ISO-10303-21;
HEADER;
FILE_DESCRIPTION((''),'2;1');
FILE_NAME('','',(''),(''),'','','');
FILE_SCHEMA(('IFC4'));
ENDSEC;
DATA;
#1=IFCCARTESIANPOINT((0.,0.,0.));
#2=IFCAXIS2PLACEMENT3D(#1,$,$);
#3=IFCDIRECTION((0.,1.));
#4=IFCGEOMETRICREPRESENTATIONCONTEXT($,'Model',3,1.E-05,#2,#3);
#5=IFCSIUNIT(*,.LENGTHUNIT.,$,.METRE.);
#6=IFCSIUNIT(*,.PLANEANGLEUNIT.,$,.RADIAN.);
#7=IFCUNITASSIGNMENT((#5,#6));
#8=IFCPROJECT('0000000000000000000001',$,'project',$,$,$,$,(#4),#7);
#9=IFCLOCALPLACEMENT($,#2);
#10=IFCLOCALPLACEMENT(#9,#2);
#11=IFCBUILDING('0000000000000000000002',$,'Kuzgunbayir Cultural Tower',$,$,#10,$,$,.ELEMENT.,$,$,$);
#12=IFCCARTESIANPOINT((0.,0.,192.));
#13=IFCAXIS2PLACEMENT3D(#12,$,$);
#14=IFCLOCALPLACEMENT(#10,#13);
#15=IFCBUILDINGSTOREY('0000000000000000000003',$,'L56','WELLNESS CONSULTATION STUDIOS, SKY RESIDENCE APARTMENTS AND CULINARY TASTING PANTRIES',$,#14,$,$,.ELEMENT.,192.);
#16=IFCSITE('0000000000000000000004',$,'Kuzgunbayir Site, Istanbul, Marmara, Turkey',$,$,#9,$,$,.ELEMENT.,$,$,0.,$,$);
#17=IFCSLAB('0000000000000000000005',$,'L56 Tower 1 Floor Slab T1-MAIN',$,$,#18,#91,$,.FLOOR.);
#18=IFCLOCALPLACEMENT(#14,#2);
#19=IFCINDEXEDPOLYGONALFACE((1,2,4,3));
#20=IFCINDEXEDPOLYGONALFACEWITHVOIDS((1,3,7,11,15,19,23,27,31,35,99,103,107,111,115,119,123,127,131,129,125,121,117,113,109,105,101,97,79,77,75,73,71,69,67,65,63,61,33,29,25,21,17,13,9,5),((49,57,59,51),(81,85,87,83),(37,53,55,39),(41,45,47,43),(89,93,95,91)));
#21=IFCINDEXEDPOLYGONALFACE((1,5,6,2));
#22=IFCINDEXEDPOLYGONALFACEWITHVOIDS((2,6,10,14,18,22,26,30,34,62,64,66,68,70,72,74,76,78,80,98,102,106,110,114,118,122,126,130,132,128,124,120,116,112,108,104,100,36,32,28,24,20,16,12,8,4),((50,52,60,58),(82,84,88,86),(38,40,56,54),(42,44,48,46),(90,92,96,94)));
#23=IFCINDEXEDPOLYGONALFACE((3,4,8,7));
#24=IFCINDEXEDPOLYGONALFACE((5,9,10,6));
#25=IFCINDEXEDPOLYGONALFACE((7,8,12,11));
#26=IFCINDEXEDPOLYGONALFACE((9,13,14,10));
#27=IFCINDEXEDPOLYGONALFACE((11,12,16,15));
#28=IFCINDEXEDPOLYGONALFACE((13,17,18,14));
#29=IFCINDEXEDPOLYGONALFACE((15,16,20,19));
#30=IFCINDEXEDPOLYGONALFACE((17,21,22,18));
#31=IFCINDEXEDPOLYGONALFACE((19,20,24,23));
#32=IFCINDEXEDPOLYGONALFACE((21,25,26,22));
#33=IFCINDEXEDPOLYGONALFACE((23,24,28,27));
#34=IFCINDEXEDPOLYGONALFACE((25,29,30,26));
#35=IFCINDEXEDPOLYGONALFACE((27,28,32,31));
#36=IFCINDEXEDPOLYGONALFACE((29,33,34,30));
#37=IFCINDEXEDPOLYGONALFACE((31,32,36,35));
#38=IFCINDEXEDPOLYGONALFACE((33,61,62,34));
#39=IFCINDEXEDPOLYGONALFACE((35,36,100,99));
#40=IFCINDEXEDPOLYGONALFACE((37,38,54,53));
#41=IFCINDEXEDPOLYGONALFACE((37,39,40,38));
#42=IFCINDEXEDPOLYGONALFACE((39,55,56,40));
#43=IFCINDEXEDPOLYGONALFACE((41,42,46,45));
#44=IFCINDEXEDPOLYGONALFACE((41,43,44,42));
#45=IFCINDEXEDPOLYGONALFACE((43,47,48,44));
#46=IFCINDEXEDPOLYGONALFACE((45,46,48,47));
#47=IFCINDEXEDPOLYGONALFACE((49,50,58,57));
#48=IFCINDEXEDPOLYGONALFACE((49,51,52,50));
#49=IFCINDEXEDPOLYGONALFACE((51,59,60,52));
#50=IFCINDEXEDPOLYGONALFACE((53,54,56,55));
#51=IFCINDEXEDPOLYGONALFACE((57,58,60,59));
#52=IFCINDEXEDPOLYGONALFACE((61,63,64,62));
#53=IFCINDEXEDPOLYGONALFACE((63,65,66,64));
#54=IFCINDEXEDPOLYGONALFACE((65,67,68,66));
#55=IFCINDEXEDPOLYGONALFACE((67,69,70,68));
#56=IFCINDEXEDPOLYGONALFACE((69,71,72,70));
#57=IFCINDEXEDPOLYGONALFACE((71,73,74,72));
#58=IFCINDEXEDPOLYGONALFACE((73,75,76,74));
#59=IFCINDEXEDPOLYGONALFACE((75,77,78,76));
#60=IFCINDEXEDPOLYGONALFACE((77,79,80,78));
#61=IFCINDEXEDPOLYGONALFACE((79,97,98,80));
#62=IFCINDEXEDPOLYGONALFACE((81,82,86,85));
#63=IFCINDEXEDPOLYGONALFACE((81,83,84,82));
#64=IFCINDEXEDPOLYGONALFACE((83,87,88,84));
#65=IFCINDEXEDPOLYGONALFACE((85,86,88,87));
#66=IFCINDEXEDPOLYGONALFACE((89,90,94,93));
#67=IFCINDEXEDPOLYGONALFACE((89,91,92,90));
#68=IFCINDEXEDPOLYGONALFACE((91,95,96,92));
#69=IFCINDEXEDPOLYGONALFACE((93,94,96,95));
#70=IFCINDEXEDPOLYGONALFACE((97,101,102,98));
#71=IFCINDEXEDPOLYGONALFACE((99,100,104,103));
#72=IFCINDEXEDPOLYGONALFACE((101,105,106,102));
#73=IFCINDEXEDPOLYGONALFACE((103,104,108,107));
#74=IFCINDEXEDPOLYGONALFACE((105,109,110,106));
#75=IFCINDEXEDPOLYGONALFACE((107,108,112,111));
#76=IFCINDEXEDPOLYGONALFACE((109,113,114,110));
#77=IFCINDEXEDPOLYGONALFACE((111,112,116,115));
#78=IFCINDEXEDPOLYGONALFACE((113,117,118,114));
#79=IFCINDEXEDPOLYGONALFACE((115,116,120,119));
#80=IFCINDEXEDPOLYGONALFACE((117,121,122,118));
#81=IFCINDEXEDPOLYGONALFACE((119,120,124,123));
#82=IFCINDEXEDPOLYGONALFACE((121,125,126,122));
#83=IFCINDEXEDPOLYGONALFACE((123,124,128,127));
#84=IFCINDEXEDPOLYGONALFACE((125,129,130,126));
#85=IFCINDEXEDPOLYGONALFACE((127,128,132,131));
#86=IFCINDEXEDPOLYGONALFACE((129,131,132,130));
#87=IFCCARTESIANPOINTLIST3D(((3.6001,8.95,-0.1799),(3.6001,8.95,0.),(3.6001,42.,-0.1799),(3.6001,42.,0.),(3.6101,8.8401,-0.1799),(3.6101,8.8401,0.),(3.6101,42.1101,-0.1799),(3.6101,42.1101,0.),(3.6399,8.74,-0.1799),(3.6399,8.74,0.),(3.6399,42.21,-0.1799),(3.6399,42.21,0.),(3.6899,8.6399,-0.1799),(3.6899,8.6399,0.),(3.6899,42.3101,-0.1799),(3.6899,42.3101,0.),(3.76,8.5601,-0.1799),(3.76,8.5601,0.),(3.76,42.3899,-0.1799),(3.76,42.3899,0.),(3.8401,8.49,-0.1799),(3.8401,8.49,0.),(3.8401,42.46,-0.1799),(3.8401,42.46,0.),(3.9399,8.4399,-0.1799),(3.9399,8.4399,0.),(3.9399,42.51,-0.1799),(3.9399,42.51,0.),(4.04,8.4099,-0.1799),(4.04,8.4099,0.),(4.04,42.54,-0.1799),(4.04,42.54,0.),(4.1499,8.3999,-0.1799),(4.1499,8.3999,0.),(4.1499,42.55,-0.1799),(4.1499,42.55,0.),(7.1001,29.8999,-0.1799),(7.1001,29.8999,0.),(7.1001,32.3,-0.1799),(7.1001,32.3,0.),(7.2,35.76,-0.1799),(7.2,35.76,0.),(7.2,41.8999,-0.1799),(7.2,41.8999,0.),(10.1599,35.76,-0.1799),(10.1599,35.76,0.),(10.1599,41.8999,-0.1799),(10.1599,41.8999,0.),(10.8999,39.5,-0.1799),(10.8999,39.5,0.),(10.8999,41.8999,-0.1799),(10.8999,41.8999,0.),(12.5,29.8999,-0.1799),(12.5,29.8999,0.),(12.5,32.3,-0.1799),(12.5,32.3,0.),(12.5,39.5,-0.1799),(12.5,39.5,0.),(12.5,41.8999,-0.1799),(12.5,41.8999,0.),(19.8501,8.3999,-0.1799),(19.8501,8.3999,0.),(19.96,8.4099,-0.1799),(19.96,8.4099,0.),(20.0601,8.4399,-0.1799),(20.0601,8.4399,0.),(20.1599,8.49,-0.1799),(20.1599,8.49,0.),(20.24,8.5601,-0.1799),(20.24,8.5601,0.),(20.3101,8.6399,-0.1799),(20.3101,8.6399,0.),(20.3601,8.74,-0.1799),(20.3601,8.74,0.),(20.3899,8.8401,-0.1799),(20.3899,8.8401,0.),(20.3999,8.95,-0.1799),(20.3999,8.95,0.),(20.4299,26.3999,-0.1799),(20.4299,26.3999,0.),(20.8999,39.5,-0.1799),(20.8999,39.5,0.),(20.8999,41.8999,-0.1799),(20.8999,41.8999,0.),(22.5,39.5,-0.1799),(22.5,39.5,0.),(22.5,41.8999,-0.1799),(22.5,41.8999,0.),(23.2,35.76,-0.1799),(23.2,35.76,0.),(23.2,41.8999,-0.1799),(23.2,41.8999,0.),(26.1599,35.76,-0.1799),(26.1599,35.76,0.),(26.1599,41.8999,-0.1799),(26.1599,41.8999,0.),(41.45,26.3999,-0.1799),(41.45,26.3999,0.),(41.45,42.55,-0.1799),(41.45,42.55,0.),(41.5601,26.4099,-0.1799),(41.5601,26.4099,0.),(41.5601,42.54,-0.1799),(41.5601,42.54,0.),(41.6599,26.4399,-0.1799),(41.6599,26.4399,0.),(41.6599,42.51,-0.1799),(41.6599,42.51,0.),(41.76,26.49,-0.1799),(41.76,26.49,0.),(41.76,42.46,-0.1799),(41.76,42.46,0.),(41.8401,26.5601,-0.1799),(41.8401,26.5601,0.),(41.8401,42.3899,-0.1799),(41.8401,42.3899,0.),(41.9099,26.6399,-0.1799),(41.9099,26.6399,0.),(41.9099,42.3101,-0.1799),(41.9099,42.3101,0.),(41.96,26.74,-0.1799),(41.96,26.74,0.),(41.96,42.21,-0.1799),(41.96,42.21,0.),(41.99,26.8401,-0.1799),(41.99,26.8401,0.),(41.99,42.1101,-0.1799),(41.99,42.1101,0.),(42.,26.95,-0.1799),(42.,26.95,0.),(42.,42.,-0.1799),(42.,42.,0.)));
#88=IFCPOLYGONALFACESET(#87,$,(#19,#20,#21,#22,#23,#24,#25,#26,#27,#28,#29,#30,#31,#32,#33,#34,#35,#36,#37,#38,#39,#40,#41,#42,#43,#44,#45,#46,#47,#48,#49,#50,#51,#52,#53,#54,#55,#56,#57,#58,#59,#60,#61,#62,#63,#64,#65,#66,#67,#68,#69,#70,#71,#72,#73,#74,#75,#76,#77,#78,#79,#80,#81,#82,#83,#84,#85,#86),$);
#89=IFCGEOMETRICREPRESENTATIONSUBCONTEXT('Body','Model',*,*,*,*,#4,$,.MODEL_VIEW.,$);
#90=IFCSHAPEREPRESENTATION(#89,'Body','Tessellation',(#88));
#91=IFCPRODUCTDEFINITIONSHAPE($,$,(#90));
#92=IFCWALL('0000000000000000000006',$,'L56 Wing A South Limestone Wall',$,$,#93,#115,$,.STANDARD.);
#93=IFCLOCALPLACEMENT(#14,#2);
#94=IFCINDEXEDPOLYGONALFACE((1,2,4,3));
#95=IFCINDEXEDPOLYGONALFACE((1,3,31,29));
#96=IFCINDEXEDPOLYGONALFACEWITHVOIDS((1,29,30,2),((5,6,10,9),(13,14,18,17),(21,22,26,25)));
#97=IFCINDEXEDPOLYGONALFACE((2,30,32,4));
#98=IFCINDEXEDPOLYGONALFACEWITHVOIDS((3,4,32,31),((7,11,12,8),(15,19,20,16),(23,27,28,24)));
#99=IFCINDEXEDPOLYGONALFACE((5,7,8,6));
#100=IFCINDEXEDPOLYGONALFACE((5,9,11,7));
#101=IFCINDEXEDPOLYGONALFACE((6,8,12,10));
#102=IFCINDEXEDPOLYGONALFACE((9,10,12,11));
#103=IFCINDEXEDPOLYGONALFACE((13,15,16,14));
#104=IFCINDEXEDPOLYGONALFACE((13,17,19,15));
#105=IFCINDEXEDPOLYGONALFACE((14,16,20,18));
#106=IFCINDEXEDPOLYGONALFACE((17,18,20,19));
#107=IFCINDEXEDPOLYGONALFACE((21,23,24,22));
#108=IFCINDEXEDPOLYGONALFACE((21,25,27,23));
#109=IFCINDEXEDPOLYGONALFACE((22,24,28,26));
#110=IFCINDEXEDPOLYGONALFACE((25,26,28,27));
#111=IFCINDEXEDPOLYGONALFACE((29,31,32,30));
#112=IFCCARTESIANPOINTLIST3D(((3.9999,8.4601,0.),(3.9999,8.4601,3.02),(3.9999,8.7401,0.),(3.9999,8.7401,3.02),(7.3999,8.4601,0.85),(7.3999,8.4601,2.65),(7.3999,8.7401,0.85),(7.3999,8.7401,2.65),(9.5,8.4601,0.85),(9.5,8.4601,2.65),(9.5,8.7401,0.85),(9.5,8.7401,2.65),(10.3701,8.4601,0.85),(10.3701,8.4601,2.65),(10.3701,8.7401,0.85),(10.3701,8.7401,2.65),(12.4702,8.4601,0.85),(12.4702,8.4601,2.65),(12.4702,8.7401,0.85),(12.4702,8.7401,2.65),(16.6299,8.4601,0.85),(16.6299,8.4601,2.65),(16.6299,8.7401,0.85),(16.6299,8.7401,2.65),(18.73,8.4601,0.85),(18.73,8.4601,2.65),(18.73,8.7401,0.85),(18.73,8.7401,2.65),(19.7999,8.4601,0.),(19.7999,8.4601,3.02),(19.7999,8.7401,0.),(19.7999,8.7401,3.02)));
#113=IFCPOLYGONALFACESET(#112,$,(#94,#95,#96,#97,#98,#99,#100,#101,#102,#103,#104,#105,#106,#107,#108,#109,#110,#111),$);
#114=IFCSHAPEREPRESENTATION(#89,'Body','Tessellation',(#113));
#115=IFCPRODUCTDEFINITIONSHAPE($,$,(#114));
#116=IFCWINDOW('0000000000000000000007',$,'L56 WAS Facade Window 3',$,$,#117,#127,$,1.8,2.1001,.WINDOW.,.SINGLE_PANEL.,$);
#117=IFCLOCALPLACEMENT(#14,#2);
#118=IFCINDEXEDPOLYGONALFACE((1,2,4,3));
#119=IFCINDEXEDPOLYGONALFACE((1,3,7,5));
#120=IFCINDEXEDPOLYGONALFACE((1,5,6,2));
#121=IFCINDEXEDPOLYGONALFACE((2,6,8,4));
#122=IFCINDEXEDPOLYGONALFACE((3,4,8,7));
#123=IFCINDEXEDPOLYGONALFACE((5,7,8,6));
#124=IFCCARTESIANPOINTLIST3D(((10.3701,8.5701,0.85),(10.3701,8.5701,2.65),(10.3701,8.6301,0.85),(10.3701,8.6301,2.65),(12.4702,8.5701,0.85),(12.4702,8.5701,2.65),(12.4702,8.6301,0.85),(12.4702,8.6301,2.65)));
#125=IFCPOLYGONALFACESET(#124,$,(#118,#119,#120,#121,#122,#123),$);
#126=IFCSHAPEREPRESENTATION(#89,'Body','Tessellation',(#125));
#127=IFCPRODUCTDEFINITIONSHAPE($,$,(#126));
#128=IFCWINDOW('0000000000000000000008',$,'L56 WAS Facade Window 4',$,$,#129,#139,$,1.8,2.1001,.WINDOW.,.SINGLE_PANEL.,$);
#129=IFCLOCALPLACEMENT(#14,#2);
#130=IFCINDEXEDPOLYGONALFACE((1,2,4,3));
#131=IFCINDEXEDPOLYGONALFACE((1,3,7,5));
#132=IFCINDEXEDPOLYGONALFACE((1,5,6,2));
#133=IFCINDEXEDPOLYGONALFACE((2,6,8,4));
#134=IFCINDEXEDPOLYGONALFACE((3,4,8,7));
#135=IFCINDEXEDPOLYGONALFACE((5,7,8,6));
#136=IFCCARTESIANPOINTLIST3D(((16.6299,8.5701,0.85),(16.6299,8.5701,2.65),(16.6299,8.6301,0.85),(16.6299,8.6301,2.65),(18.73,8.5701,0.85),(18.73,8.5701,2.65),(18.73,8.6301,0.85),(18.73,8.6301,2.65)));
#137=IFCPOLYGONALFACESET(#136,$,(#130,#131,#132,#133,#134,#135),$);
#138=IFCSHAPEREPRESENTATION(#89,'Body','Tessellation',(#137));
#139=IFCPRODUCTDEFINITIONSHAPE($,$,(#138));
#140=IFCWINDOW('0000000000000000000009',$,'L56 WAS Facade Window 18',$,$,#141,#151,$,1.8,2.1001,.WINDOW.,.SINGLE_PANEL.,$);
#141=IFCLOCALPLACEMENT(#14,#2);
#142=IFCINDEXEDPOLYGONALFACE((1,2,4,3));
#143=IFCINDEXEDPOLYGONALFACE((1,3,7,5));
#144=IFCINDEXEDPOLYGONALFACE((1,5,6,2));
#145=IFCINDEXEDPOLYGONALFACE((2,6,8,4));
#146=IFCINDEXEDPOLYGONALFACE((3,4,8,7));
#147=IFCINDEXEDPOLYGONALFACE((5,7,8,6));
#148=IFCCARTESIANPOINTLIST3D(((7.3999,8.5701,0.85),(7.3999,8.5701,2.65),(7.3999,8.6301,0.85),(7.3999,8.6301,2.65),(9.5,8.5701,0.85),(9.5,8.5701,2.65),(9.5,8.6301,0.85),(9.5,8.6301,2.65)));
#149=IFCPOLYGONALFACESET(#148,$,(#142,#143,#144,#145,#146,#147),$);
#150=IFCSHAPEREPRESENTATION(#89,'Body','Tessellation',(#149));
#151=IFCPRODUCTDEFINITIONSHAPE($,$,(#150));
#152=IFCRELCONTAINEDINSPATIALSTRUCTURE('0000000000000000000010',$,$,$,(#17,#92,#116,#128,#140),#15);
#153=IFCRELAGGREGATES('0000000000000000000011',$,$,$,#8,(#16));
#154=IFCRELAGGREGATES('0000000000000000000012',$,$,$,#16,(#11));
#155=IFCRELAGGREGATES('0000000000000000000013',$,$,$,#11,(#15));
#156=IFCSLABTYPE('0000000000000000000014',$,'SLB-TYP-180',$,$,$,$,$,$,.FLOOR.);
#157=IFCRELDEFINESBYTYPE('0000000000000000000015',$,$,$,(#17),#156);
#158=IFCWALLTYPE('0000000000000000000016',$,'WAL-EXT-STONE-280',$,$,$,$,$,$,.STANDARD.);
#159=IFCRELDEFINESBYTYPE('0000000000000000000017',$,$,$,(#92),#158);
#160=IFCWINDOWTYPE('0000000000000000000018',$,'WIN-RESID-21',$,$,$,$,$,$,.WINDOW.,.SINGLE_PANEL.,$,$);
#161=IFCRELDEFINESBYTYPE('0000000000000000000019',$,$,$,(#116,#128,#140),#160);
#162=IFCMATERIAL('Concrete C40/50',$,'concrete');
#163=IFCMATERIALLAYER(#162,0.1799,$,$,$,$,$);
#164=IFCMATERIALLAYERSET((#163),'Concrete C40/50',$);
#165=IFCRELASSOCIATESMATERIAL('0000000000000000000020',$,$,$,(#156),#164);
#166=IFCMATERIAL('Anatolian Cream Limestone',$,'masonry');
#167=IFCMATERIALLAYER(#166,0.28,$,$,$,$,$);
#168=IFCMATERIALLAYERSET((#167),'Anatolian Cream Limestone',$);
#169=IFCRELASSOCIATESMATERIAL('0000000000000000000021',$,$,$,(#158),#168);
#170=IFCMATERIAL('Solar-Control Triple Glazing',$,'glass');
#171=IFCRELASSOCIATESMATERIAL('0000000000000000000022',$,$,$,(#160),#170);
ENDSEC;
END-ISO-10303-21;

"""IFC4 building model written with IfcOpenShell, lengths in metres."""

from ifc_helpers import new_model, si_unit, direction, frame, frame_2d, origin, place, context, subcontext, project, spatial, polyline, rectangle, outline, extrude, material, layer, layer_set, type_object, element, fill, save


model = new_model("IFC4")

# Units and contexts
model_context = context("Model", 3, precision=1e-05, world=origin(), true_north=direction((0.0, 1.0)))
body_context = subcontext(model_context, "Body", "Model", "MODEL_VIEW")
ifc_project = project(units=[si_unit("LENGTHUNIT", "METRE"), si_unit("PLANEANGLEUNIT", "RADIAN")], contexts=[model_context])

# Site, building, storey
site_placement = place(None, origin())
site = spatial("IfcSite", under=ifc_project, at=site_placement, Name="Kuzgunbayir Site, Istanbul, Marmara, Turkey", CompositionType="ELEMENT", RefElevation=0.0)
building_placement = place(site_placement, origin())
building = spatial("IfcBuilding", under=site, at=building_placement, Name="Kuzgunbayir Cultural Tower", CompositionType="ELEMENT")
storey_placement = place(building_placement, frame((0.0, 0.0, 192.0)))
storey = spatial("IfcBuildingStorey", under=building, at=storey_placement, Name="L56", Description="WELLNESS CONSULTATION STUDIOS, SKY RESIDENCE APARTMENTS AND CULINARY TASTING PANTRIES", CompositionType="ELEMENT", Elevation=192.0)

# Shared definitions
ifc_material_1 = material(Name="Concrete C40/50", Category="concrete")

# Slab
ifc_layer_1 = layer(ifc_material_1, 0.1799)
ifc_layer_set_1 = layer_set([ifc_layer_1], Name="Concrete C40/50")
slab_type_1 = type_object("IfcSlabType", Name="SLB-TYP-180", PredefinedType="FLOOR", material=ifc_layer_set_1)
slab_1_placement = place(storey_placement, frame((0.0, 0.0, -0.1799)))
element("IfcSlab", 1, at=slab_1_placement, inside=storey, type_object=slab_type_1, Name="L56 Tower 1 Floor Slab T1-MAIN", PredefinedType="FLOOR", context=body_context, shape_type="SweptSolid", body=[
    extrude(outline(polyline([(20.3999, 8.95), (20.3899, 8.8401), (20.3601, 8.74), (20.3101, 8.6399), (20.24, 8.5601), (20.1599, 8.49), (20.0601, 8.4399), (19.96, 8.4099), (19.8501, 8.3999), (4.1499, 8.3999), (4.04, 8.4099), (3.9399, 8.4399), (3.8401, 8.49), (3.76, 8.5601), (3.6899, 8.6399), (3.6399, 8.74), (3.6101, 8.8401), (3.6001, 8.95), (3.6001, 42.0), (3.6101, 42.1101), (3.6399, 42.21), (3.6899, 42.3101), (3.76, 42.3899), (3.8401, 42.46), (3.9399, 42.51), (4.04, 42.54), (4.1499, 42.55), (41.45, 42.55), (41.5601, 42.54), (41.6599, 42.51), (41.76, 42.46), (41.8401, 42.3899), (41.9099, 42.3101), (41.96, 42.21), (41.99, 42.1101), (42.0, 42.0), (42.0, 26.95), (41.99, 26.8401), (41.96, 26.74), (41.9099, 26.6399), (41.8401, 26.5601), (41.76, 26.49), (41.6599, 26.4399), (41.5601, 26.4099), (41.45, 26.3999), (20.4299, 26.3999), (20.3999, 8.95)]), holes=[polyline([(7.2, 35.76), (7.2, 41.8999), (10.1599, 41.8999), (10.1599, 35.76), (7.2, 35.76)]), polyline([(23.2, 35.76), (23.2, 41.8999), (26.1599, 41.8999), (26.1599, 35.76), (23.2, 35.76)]), polyline([(7.1001, 29.8999), (7.1001, 32.3), (12.5, 32.3), (12.5, 29.8999), (7.1001, 29.8999)]), polyline([(10.8999, 39.5), (10.8999, 41.8999), (12.5, 41.8999), (12.5, 39.5), (10.8999, 39.5)]), polyline([(20.8999, 39.5), (20.8999, 41.8999), (22.5, 41.8999), (22.5, 39.5), (20.8999, 39.5)])]), origin(), (0.0, 0.0, 1.0), 0.1799),
])

# Wall, openings, windows
ifc_material_2 = material(Name="Anatolian Cream Limestone", Category="masonry")
ifc_layer_2 = layer(ifc_material_2, 0.28)
ifc_layer_set_2 = layer_set([ifc_layer_2], Name="Anatolian Cream Limestone")
wall_type_1 = type_object("IfcWallType", Name="WAL-EXT-STONE-280", PredefinedType="STANDARD", material=ifc_layer_set_2)
wall_1_placement = place(storey_placement, frame((4.0, 8.6001, 0.0), z_axis=(0.0, 0.0, 1.0), x_axis=(1.0, 0.0, 0.0)))
wall_1 = element("IfcWall", 2, at=wall_1_placement, inside=storey, type_object=wall_type_1, Name="L56 Wing A South Limestone Wall", PredefinedType="STANDARD", context=body_context, shape_type="SweptSolid", body=[
    extrude(rectangle(XDim=15.8, YDim=0.28, at=frame_2d((7.8999, 0.0))), origin(), (0.0, 0.0, 1.0), 3.02),
])
opening_1_placement = place(wall_1_placement, frame((6.3701, 0.0, 0.8501)))
opening_1 = element("IfcOpeningElement", 3, at=opening_1_placement, cuts=wall_1, PredefinedType="OPENING", context=body_context, shape_type="SweptSolid", body=[
    extrude(rectangle(XDim=2.1001, YDim=1.8, at=frame_2d((1.05, 0.8999))), frame((0.0, 0.1499, 0.0), z_axis=(0.0, -1.0, 0.0), x_axis=(1.0, 0.0, 0.0)), (0.0, 0.0, 1.0), 0.3),
])
opening_2_placement = place(wall_1_placement, frame((12.6299, 0.0, 0.8501)))
opening_2 = element("IfcOpeningElement", 4, at=opening_2_placement, cuts=wall_1, PredefinedType="OPENING", context=body_context, shape_type="SweptSolid", body=[
    extrude(rectangle(XDim=2.1001, YDim=1.8, at=frame_2d((1.05, 0.8999))), frame((0.0, 0.1499, 0.0), z_axis=(0.0, -1.0, 0.0), x_axis=(1.0, 0.0, 0.0)), (0.0, 0.0, 1.0), 0.3),
])
opening_3_placement = place(wall_1_placement, frame((3.3999, 0.0, 0.8501)))
opening_3 = element("IfcOpeningElement", 5, at=opening_3_placement, cuts=wall_1, PredefinedType="OPENING", context=body_context, shape_type="SweptSolid", body=[
    extrude(rectangle(XDim=2.1001, YDim=1.8, at=frame_2d((1.05, 0.8999))), frame((0.0, 0.1499, 0.0), z_axis=(0.0, -1.0, 0.0), x_axis=(1.0, 0.0, 0.0)), (0.0, 0.0, 1.0), 0.3),
])
ifc_material_3 = material(Name="Solar-Control Triple Glazing", Category="glass")
window_type = type_object("IfcWindowType", Name="WIN-RESID-21", PartitioningType="SINGLE_PANEL", PredefinedType="WINDOW", material=ifc_material_3)
window_1_placement = place(opening_1_placement, origin())
window_1 = element("IfcWindow", 6, at=window_1_placement, inside=storey, type_object=window_type, Name="L56 WAS Facade Window 3", OverallHeight=1.8, OverallWidth=2.1001, PartitioningType="SINGLE_PANEL", PredefinedType="WINDOW", context=body_context, shape_type="SweptSolid", body=[
    extrude(rectangle(XDim=2.1001, YDim=1.8, at=frame_2d((1.05, 0.8999))), frame((0.0, 0.03, 0.0), z_axis=(0.0, -1.0, 0.0), x_axis=(1.0, 0.0, 0.0)), (0.0, 0.0, 1.0), 0.0601),
])
fill(opening_1, window_1)
window_2_placement = place(opening_2_placement, origin())
window_2 = element("IfcWindow", 7, at=window_2_placement, inside=storey, type_object=window_type, Name="L56 WAS Facade Window 4", OverallHeight=1.8, OverallWidth=2.1001, PartitioningType="SINGLE_PANEL", PredefinedType="WINDOW", context=body_context, shape_type="SweptSolid", body=[
    extrude(rectangle(XDim=2.1001, YDim=1.8, at=frame_2d((1.05, 0.8999))), frame((0.0, 0.03, 0.0), z_axis=(0.0, -1.0, 0.0), x_axis=(1.0, 0.0, 0.0)), (0.0, 0.0, 1.0), 0.0601),
])
fill(opening_2, window_2)
window_3_placement = place(opening_3_placement, origin())
window_3 = element("IfcWindow", 8, at=window_3_placement, inside=storey, type_object=window_type, Name="L56 WAS Facade Window 18", OverallHeight=1.8, OverallWidth=2.1001, PartitioningType="SINGLE_PANEL", PredefinedType="WINDOW", context=body_context, shape_type="SweptSolid", body=[
    extrude(rectangle(XDim=2.1001, YDim=1.8, at=frame_2d((1.05, 0.8999))), frame((0.0, 0.03, 0.0), z_axis=(0.0, -1.0, 0.0), x_axis=(1.0, 0.0, 0.0)), (0.0, 0.0, 1.0), 0.0601),
])
fill(opening_3, window_3)

save(model, "model.ifc")
